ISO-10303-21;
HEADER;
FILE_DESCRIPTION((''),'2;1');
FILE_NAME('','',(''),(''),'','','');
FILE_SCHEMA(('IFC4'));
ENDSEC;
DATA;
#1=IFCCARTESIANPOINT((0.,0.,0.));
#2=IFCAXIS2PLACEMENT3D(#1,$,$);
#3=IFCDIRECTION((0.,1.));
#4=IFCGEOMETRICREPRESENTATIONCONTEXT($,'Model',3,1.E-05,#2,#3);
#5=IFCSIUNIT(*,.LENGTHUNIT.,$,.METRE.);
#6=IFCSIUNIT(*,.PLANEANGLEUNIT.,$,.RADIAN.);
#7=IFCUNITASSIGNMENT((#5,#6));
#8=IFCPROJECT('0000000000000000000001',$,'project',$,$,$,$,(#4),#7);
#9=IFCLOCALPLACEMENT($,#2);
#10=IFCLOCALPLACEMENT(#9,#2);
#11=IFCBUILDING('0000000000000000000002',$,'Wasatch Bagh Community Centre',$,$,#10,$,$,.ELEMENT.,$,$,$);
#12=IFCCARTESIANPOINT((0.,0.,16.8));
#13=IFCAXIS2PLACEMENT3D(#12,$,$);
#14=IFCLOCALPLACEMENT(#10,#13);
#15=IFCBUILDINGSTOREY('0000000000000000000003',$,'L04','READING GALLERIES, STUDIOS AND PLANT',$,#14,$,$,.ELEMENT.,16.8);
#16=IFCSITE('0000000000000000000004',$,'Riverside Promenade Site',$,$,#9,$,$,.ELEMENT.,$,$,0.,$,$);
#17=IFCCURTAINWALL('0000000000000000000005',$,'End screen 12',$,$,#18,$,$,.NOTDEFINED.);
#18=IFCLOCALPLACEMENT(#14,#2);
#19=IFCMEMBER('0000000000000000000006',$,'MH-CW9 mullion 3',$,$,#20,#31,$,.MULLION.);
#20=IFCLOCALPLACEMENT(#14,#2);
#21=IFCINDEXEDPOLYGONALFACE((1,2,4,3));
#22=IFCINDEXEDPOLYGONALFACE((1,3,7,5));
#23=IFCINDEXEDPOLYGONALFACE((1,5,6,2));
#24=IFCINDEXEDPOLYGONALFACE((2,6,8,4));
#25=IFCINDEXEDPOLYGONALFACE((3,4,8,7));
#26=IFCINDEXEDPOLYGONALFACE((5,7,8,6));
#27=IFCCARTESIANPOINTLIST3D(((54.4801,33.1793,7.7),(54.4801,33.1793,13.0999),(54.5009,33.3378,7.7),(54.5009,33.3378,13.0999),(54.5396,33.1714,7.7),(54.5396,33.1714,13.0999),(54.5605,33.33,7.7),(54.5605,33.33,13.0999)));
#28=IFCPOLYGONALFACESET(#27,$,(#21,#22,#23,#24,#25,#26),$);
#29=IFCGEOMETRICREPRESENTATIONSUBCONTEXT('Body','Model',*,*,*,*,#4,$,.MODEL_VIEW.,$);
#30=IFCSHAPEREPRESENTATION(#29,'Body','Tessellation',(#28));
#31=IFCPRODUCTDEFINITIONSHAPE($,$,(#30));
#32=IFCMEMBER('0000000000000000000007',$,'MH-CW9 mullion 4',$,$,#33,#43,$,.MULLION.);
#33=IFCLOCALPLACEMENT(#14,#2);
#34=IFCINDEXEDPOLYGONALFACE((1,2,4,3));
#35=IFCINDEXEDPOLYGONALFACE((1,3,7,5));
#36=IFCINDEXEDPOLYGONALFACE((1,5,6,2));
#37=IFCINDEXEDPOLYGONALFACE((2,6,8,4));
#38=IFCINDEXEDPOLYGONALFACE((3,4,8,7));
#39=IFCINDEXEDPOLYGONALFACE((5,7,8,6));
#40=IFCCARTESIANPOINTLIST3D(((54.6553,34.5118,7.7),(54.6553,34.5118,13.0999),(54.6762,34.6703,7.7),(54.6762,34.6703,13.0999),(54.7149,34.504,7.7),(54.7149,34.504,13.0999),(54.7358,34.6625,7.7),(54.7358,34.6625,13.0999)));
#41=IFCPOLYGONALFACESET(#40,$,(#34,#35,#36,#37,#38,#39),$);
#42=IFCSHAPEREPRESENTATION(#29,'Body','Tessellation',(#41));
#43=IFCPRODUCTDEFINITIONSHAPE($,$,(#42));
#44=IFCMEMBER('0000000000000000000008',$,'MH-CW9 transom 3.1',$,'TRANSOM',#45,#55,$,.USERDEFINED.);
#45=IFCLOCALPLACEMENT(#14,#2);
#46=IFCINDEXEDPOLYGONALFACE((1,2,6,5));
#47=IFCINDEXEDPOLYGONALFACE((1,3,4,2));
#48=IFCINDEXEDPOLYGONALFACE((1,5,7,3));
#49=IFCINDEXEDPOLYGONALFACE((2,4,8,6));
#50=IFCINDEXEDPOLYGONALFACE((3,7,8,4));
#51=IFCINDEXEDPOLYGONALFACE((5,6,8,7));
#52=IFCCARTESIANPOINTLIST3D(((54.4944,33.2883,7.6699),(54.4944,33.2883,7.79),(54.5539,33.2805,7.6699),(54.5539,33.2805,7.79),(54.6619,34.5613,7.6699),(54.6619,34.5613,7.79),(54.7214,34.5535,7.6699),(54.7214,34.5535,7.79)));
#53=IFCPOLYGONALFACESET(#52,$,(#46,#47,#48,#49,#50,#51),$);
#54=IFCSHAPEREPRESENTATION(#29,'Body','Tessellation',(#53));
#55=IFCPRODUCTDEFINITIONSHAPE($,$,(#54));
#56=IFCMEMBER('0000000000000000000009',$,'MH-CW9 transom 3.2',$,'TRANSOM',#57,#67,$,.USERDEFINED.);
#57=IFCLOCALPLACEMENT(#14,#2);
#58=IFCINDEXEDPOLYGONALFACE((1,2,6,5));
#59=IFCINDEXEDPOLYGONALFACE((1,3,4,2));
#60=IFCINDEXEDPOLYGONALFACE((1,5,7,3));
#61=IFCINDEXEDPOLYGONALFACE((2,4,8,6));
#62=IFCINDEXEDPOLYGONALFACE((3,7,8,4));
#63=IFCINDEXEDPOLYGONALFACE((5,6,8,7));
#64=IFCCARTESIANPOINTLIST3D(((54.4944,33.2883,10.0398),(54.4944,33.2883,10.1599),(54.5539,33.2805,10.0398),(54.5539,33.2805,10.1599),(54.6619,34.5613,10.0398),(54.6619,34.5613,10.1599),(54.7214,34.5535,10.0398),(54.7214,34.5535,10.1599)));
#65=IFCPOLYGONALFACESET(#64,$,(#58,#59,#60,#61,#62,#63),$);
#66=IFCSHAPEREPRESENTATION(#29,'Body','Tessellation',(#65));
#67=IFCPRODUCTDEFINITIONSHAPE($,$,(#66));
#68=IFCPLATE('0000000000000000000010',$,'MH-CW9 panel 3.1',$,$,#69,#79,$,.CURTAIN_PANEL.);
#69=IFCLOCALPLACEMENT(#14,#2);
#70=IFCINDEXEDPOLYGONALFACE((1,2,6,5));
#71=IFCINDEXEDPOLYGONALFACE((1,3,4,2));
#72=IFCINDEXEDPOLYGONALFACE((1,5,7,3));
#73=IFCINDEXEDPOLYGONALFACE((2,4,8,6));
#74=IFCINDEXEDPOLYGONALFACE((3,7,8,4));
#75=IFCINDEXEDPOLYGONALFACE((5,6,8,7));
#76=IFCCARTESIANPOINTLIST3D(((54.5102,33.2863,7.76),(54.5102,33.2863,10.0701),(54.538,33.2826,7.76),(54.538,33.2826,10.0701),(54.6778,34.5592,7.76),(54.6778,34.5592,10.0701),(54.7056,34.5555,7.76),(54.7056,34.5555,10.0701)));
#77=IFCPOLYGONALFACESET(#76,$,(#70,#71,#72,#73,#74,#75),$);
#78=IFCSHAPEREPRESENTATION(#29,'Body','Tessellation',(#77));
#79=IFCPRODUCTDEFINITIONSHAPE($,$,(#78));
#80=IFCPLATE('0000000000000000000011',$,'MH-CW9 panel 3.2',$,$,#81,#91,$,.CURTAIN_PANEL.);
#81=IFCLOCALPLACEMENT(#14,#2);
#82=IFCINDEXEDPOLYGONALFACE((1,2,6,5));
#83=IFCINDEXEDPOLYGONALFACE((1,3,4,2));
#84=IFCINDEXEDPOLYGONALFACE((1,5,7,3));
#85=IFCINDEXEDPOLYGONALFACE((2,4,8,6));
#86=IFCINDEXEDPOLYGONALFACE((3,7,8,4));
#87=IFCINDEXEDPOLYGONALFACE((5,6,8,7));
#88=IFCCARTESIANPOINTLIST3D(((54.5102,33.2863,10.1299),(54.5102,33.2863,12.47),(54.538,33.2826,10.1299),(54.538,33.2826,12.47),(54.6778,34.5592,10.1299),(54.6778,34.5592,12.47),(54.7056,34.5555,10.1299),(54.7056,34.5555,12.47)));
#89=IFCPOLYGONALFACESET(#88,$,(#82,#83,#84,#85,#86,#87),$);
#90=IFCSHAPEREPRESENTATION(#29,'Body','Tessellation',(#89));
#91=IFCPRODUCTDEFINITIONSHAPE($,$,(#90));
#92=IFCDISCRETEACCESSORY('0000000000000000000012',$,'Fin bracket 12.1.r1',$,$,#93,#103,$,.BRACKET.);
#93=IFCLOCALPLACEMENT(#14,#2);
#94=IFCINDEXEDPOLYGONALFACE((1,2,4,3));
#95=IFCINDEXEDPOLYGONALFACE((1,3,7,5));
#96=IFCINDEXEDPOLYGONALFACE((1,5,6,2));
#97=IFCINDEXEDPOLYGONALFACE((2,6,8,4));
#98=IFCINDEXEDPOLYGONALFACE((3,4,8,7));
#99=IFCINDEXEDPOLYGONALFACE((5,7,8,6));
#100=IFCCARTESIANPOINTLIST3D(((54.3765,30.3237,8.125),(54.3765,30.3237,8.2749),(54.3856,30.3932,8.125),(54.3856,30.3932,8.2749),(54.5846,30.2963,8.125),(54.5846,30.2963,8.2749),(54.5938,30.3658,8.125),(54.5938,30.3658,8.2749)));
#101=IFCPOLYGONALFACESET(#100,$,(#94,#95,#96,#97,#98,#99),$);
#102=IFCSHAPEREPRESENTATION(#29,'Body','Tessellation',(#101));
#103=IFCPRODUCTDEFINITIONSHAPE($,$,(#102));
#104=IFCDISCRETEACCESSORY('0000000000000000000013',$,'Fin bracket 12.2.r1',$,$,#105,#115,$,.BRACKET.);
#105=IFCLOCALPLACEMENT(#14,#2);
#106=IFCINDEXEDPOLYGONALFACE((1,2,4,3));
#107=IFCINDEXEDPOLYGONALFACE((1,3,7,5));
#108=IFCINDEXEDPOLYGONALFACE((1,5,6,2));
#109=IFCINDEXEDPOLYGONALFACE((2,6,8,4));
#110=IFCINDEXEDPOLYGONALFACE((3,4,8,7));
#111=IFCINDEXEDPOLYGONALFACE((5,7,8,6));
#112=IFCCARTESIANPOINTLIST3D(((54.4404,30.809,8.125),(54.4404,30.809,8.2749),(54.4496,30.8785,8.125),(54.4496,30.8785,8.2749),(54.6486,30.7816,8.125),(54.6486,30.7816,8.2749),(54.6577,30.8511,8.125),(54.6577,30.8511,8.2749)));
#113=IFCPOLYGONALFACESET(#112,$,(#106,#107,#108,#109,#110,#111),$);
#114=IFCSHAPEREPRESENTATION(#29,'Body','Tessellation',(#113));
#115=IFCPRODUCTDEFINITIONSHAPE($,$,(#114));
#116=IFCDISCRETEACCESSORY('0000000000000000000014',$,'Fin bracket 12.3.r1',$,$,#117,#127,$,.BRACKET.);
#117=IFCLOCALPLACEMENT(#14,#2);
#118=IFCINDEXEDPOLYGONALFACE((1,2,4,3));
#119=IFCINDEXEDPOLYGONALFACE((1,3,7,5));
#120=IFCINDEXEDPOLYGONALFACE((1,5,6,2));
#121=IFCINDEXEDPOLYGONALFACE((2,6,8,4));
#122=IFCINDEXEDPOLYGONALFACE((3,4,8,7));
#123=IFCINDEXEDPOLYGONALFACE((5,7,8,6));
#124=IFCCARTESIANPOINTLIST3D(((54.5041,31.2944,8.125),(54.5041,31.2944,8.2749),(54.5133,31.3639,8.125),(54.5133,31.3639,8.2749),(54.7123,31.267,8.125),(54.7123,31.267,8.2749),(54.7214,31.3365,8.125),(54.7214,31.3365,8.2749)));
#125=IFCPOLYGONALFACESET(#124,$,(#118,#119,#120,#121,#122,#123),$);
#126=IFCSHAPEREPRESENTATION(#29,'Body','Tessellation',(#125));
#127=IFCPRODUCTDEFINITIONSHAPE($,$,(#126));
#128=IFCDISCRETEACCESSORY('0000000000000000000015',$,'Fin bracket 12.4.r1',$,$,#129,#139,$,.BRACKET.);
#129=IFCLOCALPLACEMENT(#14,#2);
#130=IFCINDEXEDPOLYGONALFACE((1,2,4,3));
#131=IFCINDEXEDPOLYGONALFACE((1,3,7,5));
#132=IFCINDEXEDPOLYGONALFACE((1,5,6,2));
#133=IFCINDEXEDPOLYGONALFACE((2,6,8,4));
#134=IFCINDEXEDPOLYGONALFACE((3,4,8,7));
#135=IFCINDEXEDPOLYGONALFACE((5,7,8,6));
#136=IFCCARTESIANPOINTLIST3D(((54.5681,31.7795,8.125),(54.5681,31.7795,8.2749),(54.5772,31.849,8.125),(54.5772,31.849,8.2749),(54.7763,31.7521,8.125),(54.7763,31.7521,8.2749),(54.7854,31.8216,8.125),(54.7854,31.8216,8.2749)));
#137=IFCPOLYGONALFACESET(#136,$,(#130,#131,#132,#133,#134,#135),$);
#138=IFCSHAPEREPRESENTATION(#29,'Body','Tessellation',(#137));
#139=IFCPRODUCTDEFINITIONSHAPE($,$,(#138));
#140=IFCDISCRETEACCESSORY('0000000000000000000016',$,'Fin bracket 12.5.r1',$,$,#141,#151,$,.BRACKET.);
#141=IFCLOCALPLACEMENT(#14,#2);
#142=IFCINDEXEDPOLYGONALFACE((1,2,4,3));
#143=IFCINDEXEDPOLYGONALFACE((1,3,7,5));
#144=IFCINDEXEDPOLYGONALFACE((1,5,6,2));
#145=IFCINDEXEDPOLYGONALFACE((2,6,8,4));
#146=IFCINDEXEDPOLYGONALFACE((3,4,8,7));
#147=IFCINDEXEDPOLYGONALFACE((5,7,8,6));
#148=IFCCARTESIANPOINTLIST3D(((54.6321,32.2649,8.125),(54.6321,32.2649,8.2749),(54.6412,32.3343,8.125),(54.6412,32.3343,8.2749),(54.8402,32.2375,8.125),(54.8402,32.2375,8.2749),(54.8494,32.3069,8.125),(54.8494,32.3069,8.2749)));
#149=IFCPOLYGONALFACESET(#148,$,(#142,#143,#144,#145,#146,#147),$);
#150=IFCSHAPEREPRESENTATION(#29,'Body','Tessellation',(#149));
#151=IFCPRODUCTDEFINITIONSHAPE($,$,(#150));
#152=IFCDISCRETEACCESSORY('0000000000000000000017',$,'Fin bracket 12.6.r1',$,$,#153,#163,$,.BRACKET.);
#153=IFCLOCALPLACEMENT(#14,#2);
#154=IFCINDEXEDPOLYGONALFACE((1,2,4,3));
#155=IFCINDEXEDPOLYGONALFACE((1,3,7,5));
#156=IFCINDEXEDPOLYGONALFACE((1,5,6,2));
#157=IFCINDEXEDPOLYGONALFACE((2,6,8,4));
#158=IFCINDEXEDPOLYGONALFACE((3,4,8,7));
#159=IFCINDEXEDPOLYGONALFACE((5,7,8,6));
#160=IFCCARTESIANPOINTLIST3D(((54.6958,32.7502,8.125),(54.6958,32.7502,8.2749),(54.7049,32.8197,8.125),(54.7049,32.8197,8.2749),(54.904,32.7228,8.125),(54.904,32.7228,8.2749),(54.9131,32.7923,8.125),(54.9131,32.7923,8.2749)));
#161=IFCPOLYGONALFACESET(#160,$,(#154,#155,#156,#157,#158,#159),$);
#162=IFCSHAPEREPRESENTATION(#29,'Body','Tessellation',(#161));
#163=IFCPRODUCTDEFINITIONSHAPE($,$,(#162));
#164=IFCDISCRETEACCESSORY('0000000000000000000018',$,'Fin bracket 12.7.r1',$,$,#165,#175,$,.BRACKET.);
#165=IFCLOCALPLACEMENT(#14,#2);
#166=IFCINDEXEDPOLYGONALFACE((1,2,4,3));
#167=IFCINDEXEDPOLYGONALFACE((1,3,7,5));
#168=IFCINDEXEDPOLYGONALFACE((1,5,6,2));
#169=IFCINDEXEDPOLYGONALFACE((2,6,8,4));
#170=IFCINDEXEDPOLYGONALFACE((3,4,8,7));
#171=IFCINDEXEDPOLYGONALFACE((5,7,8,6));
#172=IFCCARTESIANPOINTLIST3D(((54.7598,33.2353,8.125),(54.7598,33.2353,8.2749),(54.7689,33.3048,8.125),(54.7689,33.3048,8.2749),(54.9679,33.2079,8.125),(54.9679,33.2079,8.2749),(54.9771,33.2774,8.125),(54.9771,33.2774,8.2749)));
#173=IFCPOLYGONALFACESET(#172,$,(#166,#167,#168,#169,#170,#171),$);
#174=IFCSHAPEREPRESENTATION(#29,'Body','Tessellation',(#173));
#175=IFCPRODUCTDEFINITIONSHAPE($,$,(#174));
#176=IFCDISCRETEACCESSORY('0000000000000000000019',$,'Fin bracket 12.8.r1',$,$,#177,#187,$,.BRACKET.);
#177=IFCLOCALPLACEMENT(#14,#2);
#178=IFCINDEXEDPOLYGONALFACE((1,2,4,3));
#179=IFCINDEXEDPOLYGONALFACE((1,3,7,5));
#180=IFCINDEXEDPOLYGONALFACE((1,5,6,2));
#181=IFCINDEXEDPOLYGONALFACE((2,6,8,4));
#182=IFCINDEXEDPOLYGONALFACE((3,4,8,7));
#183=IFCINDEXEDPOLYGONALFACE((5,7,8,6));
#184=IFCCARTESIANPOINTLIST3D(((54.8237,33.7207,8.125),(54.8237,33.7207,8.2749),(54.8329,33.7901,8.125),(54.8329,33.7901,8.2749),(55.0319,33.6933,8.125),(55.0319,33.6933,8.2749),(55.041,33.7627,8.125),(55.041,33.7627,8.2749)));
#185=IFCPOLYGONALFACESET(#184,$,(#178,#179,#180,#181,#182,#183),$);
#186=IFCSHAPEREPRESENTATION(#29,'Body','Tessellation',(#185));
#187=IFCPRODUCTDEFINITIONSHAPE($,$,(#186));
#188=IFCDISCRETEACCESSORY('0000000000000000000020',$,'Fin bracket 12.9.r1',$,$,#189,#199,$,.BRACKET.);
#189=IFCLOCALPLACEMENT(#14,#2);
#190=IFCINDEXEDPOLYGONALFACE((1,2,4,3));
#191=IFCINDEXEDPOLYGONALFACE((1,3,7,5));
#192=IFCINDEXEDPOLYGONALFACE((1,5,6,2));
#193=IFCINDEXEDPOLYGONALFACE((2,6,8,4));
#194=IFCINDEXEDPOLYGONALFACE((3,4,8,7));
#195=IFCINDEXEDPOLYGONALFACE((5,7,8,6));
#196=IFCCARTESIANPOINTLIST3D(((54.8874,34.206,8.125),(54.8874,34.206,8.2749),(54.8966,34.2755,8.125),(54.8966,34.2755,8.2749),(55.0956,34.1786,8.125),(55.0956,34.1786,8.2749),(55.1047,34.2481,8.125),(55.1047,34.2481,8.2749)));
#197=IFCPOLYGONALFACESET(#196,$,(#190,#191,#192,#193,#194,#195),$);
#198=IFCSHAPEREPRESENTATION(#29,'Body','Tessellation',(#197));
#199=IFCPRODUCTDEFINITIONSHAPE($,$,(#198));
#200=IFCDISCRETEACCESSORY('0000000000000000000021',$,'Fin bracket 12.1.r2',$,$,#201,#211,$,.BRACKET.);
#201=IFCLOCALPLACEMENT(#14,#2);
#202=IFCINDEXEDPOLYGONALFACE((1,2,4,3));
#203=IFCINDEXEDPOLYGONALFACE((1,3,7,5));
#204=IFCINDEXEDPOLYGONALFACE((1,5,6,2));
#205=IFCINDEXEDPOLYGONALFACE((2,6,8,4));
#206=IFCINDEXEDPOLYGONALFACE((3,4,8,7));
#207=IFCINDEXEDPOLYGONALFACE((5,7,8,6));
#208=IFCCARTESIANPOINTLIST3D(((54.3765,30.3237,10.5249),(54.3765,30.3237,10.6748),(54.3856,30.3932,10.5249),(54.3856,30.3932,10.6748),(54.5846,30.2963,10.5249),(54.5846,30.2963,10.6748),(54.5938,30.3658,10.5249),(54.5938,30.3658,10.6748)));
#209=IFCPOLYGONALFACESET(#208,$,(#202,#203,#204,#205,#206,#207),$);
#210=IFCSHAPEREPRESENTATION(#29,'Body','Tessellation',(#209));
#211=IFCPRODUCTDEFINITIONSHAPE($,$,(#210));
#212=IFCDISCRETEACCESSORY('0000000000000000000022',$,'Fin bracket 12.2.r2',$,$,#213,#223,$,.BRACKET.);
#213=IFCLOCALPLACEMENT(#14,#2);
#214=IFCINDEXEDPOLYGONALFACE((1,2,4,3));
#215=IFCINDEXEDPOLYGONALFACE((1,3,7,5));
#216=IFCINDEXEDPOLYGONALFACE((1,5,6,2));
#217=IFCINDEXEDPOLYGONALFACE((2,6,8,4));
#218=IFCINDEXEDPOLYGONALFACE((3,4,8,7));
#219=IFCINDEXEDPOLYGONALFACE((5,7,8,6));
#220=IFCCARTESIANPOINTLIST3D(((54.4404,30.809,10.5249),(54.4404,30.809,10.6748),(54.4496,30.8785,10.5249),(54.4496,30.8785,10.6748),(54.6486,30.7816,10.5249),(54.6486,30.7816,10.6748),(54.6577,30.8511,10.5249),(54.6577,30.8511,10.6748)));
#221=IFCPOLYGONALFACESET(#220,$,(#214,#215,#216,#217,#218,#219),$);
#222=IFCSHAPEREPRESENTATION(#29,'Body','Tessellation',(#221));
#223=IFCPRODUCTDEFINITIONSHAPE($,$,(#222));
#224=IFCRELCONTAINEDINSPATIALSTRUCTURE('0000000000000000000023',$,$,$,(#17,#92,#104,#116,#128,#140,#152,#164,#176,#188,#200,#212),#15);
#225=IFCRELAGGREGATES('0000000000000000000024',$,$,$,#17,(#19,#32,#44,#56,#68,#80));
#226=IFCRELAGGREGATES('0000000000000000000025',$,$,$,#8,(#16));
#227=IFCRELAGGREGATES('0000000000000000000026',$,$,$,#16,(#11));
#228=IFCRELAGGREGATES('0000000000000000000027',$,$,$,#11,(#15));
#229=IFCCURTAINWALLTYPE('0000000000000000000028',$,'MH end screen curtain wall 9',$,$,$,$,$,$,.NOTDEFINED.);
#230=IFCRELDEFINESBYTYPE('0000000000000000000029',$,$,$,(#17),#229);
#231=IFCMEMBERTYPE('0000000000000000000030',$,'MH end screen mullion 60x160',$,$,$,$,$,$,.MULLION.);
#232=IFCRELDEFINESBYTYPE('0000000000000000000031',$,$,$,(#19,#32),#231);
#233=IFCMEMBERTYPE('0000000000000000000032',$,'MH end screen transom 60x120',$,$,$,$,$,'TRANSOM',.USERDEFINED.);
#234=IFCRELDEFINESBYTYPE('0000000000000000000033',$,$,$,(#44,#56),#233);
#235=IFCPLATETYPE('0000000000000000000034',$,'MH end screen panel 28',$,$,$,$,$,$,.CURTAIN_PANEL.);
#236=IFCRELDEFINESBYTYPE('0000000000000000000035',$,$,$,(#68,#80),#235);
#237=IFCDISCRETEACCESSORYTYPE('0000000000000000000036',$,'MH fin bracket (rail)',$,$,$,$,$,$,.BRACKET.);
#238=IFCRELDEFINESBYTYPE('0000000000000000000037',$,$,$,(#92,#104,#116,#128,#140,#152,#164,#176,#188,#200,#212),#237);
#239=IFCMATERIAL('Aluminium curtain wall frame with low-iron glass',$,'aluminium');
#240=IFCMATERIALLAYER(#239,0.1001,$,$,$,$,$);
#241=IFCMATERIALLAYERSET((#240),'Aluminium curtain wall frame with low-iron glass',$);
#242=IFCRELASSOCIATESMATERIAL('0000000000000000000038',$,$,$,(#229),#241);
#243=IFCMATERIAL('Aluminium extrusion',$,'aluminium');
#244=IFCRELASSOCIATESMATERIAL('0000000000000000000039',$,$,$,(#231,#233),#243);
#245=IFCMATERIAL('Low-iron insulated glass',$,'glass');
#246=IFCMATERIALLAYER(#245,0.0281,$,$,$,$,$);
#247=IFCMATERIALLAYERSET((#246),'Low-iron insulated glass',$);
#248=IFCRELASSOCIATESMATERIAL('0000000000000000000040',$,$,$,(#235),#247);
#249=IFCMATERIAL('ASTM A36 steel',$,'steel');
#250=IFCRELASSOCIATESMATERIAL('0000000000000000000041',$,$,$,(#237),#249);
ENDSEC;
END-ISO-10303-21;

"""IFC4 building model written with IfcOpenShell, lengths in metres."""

from ifc_helpers import new_model, si_unit, direction, frame, origin, origin_2d, place, context, subcontext, project, spatial, rectangle, extrude, material, layer, layer_set, material_profile, profile_set, type_object, element, aggregate, save


model = new_model("IFC4")

# Units and contexts
model_context = context("Model", 3, precision=1e-05, world=origin(), true_north=direction((0.0, 1.0)))
body_context = subcontext(model_context, "Body", "Model", "MODEL_VIEW")
ifc_project = project(units=[si_unit("LENGTHUNIT", "METRE"), si_unit("PLANEANGLEUNIT", "RADIAN")], contexts=[model_context])

# Site, building, storey
site_placement = place(None, origin())
site = spatial("IfcSite", under=ifc_project, at=site_placement, Name="Riverside Promenade Site", CompositionType="ELEMENT", RefElevation=0.0)
building_placement = place(site_placement, origin())
building = spatial("IfcBuilding", under=site, at=building_placement, Name="Wasatch Bagh Community Centre", CompositionType="ELEMENT")
storey_placement = place(building_placement, frame((0.0, 0.0, 16.8)))
storey = spatial("IfcBuildingStorey", under=building, at=storey_placement, Name="L04", Description="READING GALLERIES, STUDIOS AND PLANT", CompositionType="ELEMENT", Elevation=16.8)

# Curtain wall, members, plates
ifc_material_1 = material(Name="Aluminium curtain wall frame with low-iron glass", Category="aluminium")
ifc_layer_1 = layer(ifc_material_1, 0.1001)
ifc_layer_set_1 = layer_set([ifc_layer_1], Name="Aluminium curtain wall frame with low-iron glass")
curtain_wall_type = type_object("IfcCurtainWallType", Name="MH end screen curtain wall 9", PredefinedType="NOTDEFINED", material=ifc_layer_set_1)
curtain_wall_placement = place(storey_placement, origin())
curtain_wall = element("IfcCurtainWall", 1, at=curtain_wall_placement, inside=storey, type_object=curtain_wall_type, Name="End screen 12", PredefinedType="NOTDEFINED")
ifc_material_2 = material(Name="Aluminium extrusion", Category="aluminium")
ifc_material_profile_1 = material_profile(ifc_material_2, rectangle(XDim=0.0601, YDim=0.1599, at=origin_2d()), Name="AL 60x160")
ifc_profile_set_1 = profile_set([ifc_material_profile_1], Name="Aluminium extrusion")
member_type_1 = type_object("IfcMemberType", Name="MH end screen mullion 60x160", PredefinedType="MULLION", material=ifc_profile_set_1)
member_1_placement = place(storey_placement, frame((54.5203, 33.2546, 7.7), z_axis=(0.0, 0.0, 1.0), x_axis=(-0.991445, 0.130526, 0.0)))
member_1 = element("IfcMember", 2, at=member_1_placement, type_object=member_type_1, Name="MH-CW9 mullion 3", PredefinedType="MULLION", context=body_context, shape_type="SweptSolid", body=[
    extrude(rectangle(XDim=0.0601, YDim=0.1599, at=origin_2d()), origin(), (0.0, 0.0, 1.0), 5.3999),
])
member_2_placement = place(storey_placement, frame((54.6956, 34.5872, 7.7), z_axis=(0.0, 0.0, 1.0), x_axis=(-0.991445, 0.130526, 0.0)))
member_2 = element("IfcMember", 3, at=member_2_placement, type_object=member_type_1, Name="MH-CW9 mullion 4", PredefinedType="MULLION", context=body_context, shape_type="SweptSolid", body=[
    extrude(rectangle(XDim=0.0601, YDim=0.1599, at=origin_2d()), origin(), (0.0, 0.0, 1.0), 5.3999),
])
ifc_material_profile_2 = material_profile(ifc_material_2, rectangle(XDim=0.0601, YDim=0.1201, at=origin_2d()), Name="AL 60x120")
ifc_profile_set_2 = profile_set([ifc_material_profile_2], Name="Aluminium extrusion")
member_type_2 = type_object("IfcMemberType", Name="MH end screen transom 60x120", ElementType="TRANSOM", PredefinedType="USERDEFINED", material=ifc_profile_set_2)
member_3_placement = place(storey_placement, frame((54.5242, 33.2844, 7.73), z_axis=(0.130445, 0.991456, 0.0), x_axis=(-0.991456, 0.130445, 0.0)))
member_3 = element("IfcMember", 4, at=member_3_placement, type_object=member_type_2, Name="MH-CW9 transom 3.1", ObjectType="TRANSOM", PredefinedType="USERDEFINED", context=body_context, shape_type="SweptSolid", body=[
    extrude(rectangle(XDim=0.0601, YDim=0.1201, at=origin_2d()), origin(), (0.0, 0.0, 1.0), 1.2839),
])
member_4_placement = place(storey_placement, frame((54.5242, 33.2844, 10.0999), z_axis=(0.130445, 0.991456, 0.0), x_axis=(-0.991456, 0.130445, 0.0)))
member_4 = element("IfcMember", 5, at=member_4_placement, type_object=member_type_2, Name="MH-CW9 transom 3.2", ObjectType="TRANSOM", PredefinedType="USERDEFINED", context=body_context, shape_type="SweptSolid", body=[
    extrude(rectangle(XDim=0.0601, YDim=0.1201, at=origin_2d()), origin(), (0.0, 0.0, 1.0), 1.2839),
])
ifc_material_3 = material(Name="Low-iron insulated glass", Category="glass")
ifc_layer_2 = layer(ifc_material_3, 0.0281)
ifc_layer_set_2 = layer_set([ifc_layer_2], Name="Low-iron insulated glass")
plate_type = type_object("IfcPlateType", Name="MH end screen panel 28", PredefinedType="CURTAIN_PANEL", material=ifc_layer_set_2)
plate_1_placement = place(storey_placement, frame((54.6079, 33.9209, 7.76), z_axis=(0.0, 0.0, 1.0), x_axis=(0.130526, 0.991445, 0.0)))
plate_1 = element("IfcPlate", 6, at=plate_1_placement, type_object=plate_type, Name="MH-CW9 panel 3.1", PredefinedType="CURTAIN_PANEL", context=body_context, shape_type="SweptSolid", body=[
    extrude(rectangle(XDim=1.2839, YDim=0.0281, at=origin_2d()), origin(), (0.0, 0.0, 1.0), 2.3101),
])
plate_2_placement = place(storey_placement, frame((54.6079, 33.9209, 10.1299), z_axis=(0.0, 0.0, 1.0), x_axis=(0.130526, 0.991445, 0.0)))
plate_2 = element("IfcPlate", 7, at=plate_2_placement, type_object=plate_type, Name="MH-CW9 panel 3.2", PredefinedType="CURTAIN_PANEL", context=body_context, shape_type="SweptSolid", body=[
    extrude(rectangle(XDim=1.2839, YDim=0.0281, at=origin_2d()), origin(), (0.0, 0.0, 1.0), 2.3401),
])
aggregate(curtain_wall, [member_1, member_2, member_3, member_4, plate_1, plate_2])

# Discrete accessories
ifc_material_4 = material(Name="ASTM A36 steel", Category="steel")
discrete_accessory_type_1 = type_object("IfcDiscreteAccessoryType", Name="MH fin bracket (rail)", PredefinedType="BRACKET", material=ifc_material_4)
for number, where, z_axis, x_axis, name in (
    (8, (54.4851, 30.3447, 8.125), (0.0, 0.0, 1.0), (0.130526, 0.991445, 0.0), "Fin bracket 12.1.r1"),
    (9, (54.5491, 30.8301, 8.125), (0.0, 0.0, 1.0), (0.130526, 0.991445, 0.0), "Fin bracket 12.2.r1"),
    (10, (54.6128, 31.3154, 8.125), (0.0, 0.0, 1.0), (0.130526, 0.991445, 0.0), "Fin bracket 12.3.r1"),
    (11, (54.6768, 31.8005, 8.125), (0.0, 0.0, 1.0), (0.130526, 0.991445, 0.0), "Fin bracket 12.4.r1"),
    (12, (54.7407, 32.2859, 8.125), (0.0, 0.0, 1.0), (0.130526, 0.991445, 0.0), "Fin bracket 12.5.r1"),
    (13, (54.8044, 32.7712, 8.125), (0.0, 0.0, 1.0), (0.130526, 0.991445, 0.0), "Fin bracket 12.6.r1"),
    (14, (54.8684, 33.2563, 8.125), (0.0, 0.0, 1.0), (0.130526, 0.991445, 0.0), "Fin bracket 12.7.r1"),
    (15, (54.9324, 33.7417, 8.125), (0.0, 0.0, 1.0), (0.130526, 0.991445, 0.0), "Fin bracket 12.8.r1"),
    (16, (54.9961, 34.2271, 8.125), (0.0, 0.0, 1.0), (0.130526, 0.991445, 0.0), "Fin bracket 12.9.r1"),
    (17, (54.4851, 30.3447, 10.5249), (0.0, 0.0, 1.0), (0.130526, 0.991445, 0.0), "Fin bracket 12.1.r2"),
    (18, (54.5491, 30.8301, 10.5249), (0.0, 0.0, 1.0), (0.130526, 0.991445, 0.0), "Fin bracket 12.2.r2"),
):
    element("IfcDiscreteAccessory", number, at=place(storey_placement, frame(where, z_axis=z_axis, x_axis=x_axis)), inside=storey, type_object=discrete_accessory_type_1, Name=name, PredefinedType="BRACKET", context=body_context, shape_type="SweptSolid", body=[
        extrude(rectangle(XDim=0.0701, YDim=0.21, at=origin_2d()), origin(), (0.0, 0.0, 1.0), 0.1499),
    ])

save(model, "model.ifc")
